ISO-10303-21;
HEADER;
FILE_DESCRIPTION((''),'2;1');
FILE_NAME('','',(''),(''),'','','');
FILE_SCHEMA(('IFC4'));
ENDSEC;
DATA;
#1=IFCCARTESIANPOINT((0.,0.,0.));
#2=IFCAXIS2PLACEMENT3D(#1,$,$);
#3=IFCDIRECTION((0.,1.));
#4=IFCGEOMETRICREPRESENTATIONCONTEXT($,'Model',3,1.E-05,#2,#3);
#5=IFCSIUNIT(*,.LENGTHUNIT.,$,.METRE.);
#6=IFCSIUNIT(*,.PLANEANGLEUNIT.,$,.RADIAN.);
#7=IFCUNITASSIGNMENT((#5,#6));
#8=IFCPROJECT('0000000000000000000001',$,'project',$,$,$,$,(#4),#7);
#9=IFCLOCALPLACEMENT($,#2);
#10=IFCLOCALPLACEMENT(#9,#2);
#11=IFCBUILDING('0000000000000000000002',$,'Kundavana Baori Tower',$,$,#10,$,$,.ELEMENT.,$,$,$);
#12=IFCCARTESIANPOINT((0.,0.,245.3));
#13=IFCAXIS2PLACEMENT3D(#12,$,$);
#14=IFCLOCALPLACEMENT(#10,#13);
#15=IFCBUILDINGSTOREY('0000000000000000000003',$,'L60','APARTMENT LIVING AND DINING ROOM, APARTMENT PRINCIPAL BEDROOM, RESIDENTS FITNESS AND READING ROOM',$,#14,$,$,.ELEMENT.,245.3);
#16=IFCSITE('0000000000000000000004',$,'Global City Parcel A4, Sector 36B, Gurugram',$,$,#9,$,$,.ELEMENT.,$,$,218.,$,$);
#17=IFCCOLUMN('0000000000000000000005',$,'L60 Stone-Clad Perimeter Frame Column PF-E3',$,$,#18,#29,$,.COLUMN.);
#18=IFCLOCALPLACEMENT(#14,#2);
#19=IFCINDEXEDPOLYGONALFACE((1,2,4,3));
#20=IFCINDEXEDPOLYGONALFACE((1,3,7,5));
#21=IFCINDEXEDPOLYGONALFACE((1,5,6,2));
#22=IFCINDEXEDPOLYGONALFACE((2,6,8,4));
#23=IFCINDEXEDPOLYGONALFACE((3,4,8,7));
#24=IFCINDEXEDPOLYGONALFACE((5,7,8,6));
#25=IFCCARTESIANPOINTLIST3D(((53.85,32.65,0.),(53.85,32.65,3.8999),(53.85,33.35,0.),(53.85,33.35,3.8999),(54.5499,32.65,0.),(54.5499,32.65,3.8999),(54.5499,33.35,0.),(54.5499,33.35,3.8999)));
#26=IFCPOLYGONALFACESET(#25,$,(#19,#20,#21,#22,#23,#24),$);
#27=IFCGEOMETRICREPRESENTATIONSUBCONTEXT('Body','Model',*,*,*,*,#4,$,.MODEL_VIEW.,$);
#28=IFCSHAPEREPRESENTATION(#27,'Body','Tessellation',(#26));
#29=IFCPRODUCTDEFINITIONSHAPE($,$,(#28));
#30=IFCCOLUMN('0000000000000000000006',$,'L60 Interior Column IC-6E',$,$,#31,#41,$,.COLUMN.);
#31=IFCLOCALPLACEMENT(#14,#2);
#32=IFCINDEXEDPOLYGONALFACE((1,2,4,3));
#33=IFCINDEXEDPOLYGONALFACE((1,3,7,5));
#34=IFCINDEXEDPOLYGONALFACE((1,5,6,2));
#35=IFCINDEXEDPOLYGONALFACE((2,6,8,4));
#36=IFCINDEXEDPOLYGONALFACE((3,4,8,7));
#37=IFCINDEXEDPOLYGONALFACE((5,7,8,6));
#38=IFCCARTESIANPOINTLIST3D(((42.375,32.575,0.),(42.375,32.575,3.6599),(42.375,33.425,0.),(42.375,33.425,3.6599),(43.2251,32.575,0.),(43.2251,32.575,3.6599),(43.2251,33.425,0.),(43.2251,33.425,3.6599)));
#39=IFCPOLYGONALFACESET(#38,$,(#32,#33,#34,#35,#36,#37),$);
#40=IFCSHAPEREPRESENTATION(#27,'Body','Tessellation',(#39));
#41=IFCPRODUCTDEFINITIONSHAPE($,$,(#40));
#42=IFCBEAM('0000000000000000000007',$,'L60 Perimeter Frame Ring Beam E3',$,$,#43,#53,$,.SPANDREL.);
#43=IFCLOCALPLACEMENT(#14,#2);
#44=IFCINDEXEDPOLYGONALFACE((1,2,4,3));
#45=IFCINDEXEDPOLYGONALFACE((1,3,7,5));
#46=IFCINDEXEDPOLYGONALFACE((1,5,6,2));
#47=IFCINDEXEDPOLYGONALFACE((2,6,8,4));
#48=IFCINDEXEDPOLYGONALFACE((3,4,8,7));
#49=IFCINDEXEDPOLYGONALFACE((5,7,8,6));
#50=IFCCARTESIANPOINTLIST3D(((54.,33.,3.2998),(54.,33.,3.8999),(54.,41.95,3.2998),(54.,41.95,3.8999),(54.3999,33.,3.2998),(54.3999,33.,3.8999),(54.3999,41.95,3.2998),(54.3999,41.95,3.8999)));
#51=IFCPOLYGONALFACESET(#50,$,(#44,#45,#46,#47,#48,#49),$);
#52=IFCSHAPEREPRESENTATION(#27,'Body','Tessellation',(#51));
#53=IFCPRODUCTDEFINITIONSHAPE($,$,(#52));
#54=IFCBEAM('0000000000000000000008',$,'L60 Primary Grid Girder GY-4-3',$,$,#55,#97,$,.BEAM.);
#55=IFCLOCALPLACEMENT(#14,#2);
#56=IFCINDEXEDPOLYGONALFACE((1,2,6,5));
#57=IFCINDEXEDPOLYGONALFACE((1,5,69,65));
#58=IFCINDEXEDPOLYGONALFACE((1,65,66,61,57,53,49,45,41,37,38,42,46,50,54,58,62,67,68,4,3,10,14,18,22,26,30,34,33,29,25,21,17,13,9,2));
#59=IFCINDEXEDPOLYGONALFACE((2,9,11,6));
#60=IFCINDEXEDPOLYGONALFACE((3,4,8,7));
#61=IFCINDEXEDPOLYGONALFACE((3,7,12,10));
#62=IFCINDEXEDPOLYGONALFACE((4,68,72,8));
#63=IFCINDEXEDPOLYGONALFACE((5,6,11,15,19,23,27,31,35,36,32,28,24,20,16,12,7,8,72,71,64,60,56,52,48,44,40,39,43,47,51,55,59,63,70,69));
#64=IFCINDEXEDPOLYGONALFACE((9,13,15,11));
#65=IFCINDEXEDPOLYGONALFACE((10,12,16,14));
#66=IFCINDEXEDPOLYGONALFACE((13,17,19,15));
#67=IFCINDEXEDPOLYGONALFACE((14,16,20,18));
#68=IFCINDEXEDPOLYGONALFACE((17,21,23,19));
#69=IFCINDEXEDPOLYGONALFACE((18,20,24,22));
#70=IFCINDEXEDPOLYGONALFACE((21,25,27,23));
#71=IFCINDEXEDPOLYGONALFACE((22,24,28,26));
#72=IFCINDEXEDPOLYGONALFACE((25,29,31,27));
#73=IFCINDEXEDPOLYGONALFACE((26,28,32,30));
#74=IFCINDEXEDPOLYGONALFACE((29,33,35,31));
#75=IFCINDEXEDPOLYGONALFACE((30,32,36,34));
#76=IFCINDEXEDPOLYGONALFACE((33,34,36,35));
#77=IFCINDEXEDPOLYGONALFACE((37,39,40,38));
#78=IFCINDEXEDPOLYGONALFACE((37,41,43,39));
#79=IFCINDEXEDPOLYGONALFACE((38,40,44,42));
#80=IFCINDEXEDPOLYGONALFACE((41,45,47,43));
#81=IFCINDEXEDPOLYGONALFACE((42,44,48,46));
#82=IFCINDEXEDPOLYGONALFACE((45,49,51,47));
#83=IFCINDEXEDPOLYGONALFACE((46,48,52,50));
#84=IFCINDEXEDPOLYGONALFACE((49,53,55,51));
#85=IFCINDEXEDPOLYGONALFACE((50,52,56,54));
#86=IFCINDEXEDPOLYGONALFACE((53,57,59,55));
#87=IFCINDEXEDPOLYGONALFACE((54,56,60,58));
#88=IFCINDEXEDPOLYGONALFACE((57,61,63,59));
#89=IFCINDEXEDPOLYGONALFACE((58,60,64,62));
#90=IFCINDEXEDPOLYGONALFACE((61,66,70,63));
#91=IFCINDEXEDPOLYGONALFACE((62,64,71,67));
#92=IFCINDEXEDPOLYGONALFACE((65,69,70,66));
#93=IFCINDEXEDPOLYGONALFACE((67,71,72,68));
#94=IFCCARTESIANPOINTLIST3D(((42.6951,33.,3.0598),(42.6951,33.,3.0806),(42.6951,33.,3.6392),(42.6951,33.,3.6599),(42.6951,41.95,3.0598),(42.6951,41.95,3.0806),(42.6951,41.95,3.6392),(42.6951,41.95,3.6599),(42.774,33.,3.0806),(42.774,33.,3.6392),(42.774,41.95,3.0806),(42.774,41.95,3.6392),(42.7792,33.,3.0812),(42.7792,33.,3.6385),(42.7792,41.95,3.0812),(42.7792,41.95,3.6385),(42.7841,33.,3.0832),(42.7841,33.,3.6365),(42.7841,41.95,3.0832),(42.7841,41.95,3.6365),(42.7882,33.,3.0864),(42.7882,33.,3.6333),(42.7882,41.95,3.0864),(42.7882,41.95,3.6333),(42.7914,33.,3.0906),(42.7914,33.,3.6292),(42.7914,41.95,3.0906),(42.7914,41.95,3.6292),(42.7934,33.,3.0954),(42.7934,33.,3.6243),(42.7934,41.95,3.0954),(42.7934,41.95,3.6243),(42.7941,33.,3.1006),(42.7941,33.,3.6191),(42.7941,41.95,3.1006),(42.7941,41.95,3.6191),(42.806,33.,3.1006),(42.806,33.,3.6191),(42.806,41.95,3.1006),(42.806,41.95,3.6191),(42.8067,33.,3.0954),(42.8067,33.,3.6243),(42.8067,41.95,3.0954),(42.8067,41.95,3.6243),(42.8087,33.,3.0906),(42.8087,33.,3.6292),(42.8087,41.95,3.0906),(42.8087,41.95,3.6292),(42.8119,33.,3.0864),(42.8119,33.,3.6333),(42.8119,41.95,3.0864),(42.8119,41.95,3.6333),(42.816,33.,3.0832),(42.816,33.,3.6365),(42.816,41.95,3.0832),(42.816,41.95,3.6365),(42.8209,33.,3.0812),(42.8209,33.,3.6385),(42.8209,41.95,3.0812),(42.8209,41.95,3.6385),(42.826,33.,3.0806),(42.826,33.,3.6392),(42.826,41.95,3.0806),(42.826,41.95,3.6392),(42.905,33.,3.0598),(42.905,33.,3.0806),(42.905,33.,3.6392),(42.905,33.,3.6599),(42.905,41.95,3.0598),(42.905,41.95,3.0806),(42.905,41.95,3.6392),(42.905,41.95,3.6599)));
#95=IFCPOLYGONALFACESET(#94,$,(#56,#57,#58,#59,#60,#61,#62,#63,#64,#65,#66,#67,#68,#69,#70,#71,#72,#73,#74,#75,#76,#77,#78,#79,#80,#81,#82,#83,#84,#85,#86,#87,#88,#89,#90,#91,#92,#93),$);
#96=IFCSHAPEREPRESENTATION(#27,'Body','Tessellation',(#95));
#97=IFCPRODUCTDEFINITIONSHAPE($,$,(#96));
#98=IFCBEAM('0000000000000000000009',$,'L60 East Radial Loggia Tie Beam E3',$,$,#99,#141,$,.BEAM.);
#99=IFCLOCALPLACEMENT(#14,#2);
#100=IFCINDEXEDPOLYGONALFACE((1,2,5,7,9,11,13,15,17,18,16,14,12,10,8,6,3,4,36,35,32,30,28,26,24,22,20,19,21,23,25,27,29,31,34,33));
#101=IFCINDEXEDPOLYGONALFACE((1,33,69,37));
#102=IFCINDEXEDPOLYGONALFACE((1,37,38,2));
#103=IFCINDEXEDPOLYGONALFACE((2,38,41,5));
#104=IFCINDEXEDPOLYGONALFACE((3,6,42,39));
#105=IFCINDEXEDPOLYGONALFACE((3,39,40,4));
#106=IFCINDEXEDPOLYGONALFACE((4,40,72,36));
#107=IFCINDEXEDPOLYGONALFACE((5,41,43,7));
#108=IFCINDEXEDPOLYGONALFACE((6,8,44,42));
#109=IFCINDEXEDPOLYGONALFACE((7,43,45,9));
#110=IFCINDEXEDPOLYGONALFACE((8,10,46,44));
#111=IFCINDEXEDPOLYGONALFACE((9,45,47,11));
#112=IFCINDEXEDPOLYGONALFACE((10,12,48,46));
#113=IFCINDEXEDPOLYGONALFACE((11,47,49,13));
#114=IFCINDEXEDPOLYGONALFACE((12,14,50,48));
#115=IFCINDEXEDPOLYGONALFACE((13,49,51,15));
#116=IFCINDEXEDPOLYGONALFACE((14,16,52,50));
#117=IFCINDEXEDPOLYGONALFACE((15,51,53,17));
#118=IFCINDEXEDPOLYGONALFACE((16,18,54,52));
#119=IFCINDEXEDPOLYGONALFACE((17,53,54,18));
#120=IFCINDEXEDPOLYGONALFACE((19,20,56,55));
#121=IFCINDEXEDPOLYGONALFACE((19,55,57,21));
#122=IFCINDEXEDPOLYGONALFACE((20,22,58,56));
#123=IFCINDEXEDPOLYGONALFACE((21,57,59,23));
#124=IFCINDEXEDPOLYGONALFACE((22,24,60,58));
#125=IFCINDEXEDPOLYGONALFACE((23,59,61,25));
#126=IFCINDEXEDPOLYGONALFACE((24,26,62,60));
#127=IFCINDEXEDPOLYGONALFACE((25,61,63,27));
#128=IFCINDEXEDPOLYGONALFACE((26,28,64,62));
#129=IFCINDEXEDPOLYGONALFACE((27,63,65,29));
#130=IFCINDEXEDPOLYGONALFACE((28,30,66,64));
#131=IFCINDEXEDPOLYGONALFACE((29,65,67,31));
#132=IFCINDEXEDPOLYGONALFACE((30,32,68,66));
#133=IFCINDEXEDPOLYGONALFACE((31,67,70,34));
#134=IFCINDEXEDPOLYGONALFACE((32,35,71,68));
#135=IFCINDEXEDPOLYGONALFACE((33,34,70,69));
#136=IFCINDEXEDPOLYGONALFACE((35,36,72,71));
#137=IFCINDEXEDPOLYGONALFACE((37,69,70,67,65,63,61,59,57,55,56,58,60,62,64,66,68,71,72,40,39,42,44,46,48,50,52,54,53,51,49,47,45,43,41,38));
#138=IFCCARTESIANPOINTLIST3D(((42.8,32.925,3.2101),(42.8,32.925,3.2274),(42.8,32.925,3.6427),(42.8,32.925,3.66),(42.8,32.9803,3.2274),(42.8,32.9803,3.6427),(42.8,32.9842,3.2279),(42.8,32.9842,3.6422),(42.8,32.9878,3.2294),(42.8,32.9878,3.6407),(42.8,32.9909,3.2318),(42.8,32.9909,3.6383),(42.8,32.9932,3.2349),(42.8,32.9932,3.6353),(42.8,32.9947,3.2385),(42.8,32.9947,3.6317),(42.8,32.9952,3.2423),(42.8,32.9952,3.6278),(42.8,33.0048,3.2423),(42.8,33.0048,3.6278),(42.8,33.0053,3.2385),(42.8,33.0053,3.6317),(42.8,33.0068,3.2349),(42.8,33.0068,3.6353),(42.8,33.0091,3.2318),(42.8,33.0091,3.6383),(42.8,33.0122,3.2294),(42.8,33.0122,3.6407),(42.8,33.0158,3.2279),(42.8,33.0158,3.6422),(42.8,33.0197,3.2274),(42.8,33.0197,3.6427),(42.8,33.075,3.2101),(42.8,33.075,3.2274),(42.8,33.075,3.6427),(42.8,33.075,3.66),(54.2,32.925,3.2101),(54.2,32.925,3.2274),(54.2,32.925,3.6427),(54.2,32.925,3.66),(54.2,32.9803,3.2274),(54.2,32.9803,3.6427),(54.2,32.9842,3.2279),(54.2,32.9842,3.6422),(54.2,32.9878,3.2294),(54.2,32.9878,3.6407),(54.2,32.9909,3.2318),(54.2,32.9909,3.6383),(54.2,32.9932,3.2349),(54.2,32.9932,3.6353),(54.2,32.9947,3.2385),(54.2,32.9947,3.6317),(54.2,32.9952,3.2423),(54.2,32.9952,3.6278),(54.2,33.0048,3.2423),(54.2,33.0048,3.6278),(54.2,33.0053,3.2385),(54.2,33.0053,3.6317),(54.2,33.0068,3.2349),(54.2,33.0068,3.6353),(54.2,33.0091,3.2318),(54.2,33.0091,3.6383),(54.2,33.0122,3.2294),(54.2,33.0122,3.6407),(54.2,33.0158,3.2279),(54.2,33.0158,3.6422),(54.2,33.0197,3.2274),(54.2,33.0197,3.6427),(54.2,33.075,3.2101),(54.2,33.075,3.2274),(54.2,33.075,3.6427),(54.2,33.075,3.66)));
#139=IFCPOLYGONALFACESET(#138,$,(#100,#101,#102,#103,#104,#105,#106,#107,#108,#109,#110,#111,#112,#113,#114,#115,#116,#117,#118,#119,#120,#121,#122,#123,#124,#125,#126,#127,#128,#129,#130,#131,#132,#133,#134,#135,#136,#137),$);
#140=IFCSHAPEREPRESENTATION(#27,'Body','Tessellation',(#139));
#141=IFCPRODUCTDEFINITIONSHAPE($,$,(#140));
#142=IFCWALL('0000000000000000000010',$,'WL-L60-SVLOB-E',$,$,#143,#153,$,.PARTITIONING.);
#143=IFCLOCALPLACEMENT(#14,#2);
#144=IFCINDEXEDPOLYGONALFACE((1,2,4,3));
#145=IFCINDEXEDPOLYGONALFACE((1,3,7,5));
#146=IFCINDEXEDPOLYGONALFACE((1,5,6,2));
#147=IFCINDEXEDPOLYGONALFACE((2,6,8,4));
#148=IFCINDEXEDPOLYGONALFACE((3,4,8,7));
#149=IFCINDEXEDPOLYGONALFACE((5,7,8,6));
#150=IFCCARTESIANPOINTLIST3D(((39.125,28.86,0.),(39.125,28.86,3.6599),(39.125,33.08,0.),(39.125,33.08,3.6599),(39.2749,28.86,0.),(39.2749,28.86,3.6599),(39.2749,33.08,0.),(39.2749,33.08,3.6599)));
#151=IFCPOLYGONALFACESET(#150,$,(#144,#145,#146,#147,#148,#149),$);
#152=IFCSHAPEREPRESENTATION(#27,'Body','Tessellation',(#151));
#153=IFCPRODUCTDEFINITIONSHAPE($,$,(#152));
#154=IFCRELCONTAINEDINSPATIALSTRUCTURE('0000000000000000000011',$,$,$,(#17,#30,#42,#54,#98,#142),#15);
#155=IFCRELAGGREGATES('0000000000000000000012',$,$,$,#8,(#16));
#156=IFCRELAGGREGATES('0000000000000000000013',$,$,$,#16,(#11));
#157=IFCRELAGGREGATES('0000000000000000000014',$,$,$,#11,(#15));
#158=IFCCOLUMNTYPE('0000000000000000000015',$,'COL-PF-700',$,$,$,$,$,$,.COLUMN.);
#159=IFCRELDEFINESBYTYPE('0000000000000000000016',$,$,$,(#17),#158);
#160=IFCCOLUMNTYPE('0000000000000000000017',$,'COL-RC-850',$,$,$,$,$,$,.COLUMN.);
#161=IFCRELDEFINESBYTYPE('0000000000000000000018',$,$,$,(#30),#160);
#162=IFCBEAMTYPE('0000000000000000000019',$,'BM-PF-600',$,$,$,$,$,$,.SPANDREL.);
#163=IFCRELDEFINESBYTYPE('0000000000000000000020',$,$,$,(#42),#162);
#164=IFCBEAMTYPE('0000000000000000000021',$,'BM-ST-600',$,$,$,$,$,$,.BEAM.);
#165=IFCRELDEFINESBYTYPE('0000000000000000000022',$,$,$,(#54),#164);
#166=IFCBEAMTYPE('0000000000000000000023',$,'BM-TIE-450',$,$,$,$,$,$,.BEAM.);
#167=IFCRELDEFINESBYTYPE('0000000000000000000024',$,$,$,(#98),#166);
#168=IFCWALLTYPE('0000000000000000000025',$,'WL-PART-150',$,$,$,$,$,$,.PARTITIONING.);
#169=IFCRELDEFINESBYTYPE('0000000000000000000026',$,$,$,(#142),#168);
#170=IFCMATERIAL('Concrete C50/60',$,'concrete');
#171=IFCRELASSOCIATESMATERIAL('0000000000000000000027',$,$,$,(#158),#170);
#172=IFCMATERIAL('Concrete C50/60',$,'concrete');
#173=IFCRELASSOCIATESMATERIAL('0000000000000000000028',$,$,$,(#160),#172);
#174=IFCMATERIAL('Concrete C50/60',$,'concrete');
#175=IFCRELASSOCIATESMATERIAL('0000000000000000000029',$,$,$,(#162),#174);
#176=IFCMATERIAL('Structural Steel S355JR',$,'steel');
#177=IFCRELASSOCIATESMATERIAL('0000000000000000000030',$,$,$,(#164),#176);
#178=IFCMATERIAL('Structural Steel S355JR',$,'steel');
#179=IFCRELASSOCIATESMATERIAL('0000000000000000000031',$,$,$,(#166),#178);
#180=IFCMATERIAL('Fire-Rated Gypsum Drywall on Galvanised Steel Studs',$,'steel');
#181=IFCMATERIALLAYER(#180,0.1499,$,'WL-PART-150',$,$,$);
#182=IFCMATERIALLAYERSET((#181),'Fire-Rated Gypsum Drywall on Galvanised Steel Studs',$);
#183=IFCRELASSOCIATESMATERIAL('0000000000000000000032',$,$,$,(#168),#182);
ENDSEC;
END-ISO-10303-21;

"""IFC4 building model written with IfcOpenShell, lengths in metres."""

from ifc_helpers import new_model, si_unit, direction, frame, frame_2d, origin, origin_2d, place, context, subcontext, project, spatial, rectangle, i_section, extrude, material, layer, layer_set, material_profile, profile_set, type_object, element, save


model = new_model("IFC4")

# Units and contexts
model_context = context("Model", 3, precision=1e-05, world=origin(), true_north=direction((0.0, 1.0)))
body_context = subcontext(model_context, "Body", "Model", "MODEL_VIEW")
ifc_project = project(units=[si_unit("LENGTHUNIT", "METRE"), si_unit("PLANEANGLEUNIT", "RADIAN")], contexts=[model_context])

# Site, building, storey
site_placement = place(None, origin())
site = spatial("IfcSite", under=ifc_project, at=site_placement, Name="Global City Parcel A4, Sector 36B, Gurugram", CompositionType="ELEMENT", RefElevation=218.0)
building_placement = place(site_placement, origin())
building = spatial("IfcBuilding", under=site, at=building_placement, Name="Kundavana Baori Tower", CompositionType="ELEMENT")
storey_placement = place(building_placement, frame((0.0, 0.0, 245.3)))
storey = spatial("IfcBuildingStorey", under=building, at=storey_placement, Name="L60", Description="APARTMENT LIVING AND DINING ROOM, APARTMENT PRINCIPAL BEDROOM, RESIDENTS FITNESS AND READING ROOM", CompositionType="ELEMENT", Elevation=245.3)

# Columns
ifc_material_1 = material(Name="Concrete C50/60", Category="concrete")
ifc_material_profile_1 = material_profile(ifc_material_1, rectangle(XDim=0.7, YDim=0.7, at=origin_2d()), Name="RC PF 700x700")
ifc_profile_set_1 = profile_set([ifc_material_profile_1], Name="Concrete C50/60")
column_type_1 = type_object("IfcColumnType", Name="COL-PF-700", PredefinedType="COLUMN", material=ifc_profile_set_1)
column_1_placement = place(storey_placement, frame((54.2, 33.0, 0.0), z_axis=(0.0, 0.0, 1.0), x_axis=(1.0, 0.0, 0.0)))
element("IfcColumn", 1, at=column_1_placement, inside=storey, type_object=column_type_1, Name="L60 Stone-Clad Perimeter Frame Column PF-E3", PredefinedType="COLUMN", context=body_context, shape_type="SweptSolid", body=[
    extrude(rectangle(XDim=0.7, YDim=0.7, at=origin_2d()), origin(), (0.0, 0.0, 1.0), 3.8999),
])
ifc_material_2 = material(Name="Concrete C50/60", Category="concrete")
ifc_material_profile_2 = material_profile(ifc_material_2, rectangle(XDim=0.8501, YDim=0.8501, at=origin_2d()), Name="RC 850x850")
ifc_profile_set_2 = profile_set([ifc_material_profile_2], Name="Concrete C50/60")
column_type_2 = type_object("IfcColumnType", Name="COL-RC-850", PredefinedType="COLUMN", material=ifc_profile_set_2)
column_2_placement = place(storey_placement, frame((42.8, 33.0, 0.0), z_axis=(0.0, 0.0, 1.0), x_axis=(1.0, 0.0, 0.0)))
element("IfcColumn", 2, at=column_2_placement, inside=storey, type_object=column_type_2, Name="L60 Interior Column IC-6E", PredefinedType="COLUMN", context=body_context, shape_type="SweptSolid", body=[
    extrude(rectangle(XDim=0.8501, YDim=0.8501, at=origin_2d()), origin(), (0.0, 0.0, 1.0), 3.6599),
])

# Beams
ifc_material_3 = material(Name="Concrete C50/60", Category="concrete")
ifc_material_profile_3 = material_profile(ifc_material_3, rectangle(XDim=0.3999, YDim=0.6001, at=origin_2d()), Name="RC BM 400x600")
ifc_profile_set_3 = profile_set([ifc_material_profile_3], Name="Concrete C50/60")
beam_type_1 = type_object("IfcBeamType", Name="BM-PF-600", PredefinedType="SPANDREL", material=ifc_profile_set_3)
beam_1_placement = place(storey_placement, frame((54.2, 33.0, 3.5999), z_axis=(0.0, 1.0, 0.0), x_axis=(-1.0, 0.0, 0.0)))
element("IfcBeam", 3, at=beam_1_placement, inside=storey, type_object=beam_type_1, Name="L60 Perimeter Frame Ring Beam E3", PredefinedType="SPANDREL", context=body_context, shape_type="SweptSolid", body=[
    extrude(rectangle(XDim=0.3999, YDim=0.6001, at=origin_2d()), origin(), (0.0, 0.0, 1.0), 8.95),
])
ifc_material_4 = material(Name="Structural Steel S355JR", Category="steel")
ifc_material_profile_4 = material_profile(ifc_material_4, i_section(OverallWidth=0.21, OverallDepth=0.6001, WebThickness=0.012, FlangeThickness=0.0208, FilletRadius=0.02, at=origin_2d()), Name="ISMB 600")
ifc_profile_set_4 = profile_set([ifc_material_profile_4], Name="Structural Steel S355JR")
beam_type_2 = type_object("IfcBeamType", Name="BM-ST-600", PredefinedType="BEAM", material=ifc_profile_set_4)
beam_2_placement = place(storey_placement, frame((42.8, 33.0, 3.3599), z_axis=(0.0, 1.0, 0.0), x_axis=(-1.0, 0.0, 0.0)))
element("IfcBeam", 4, at=beam_2_placement, inside=storey, type_object=beam_type_2, Name="L60 Primary Grid Girder GY-4-3", PredefinedType="BEAM", context=body_context, shape_type="SweptSolid", body=[
    extrude(i_section(OverallWidth=0.21, OverallDepth=0.6001, WebThickness=0.012, FlangeThickness=0.0208, FilletRadius=0.02, at=origin_2d()), origin(), (0.0, 0.0, 1.0), 8.95),
])
ifc_material_5 = material(Name="Structural Steel S355JR", Category="steel")
ifc_material_profile_5 = material_profile(ifc_material_5, i_section(OverallWidth=0.1499, OverallDepth=0.45, WebThickness=0.0095, FlangeThickness=0.0173, FilletRadius=0.0149, at=origin_2d()), Name="ISMB 450")
ifc_profile_set_5 = profile_set([ifc_material_profile_5], Name="Structural Steel S355JR")
beam_type_3 = type_object("IfcBeamType", Name="BM-TIE-450", PredefinedType="BEAM", material=ifc_profile_set_5)
beam_3_placement = place(storey_placement, frame((42.8, 33.0, 3.4351), z_axis=(1.0, 0.0, 0.0), x_axis=(0.0, 1.0, 0.0)))
element("IfcBeam", 5, at=beam_3_placement, inside=storey, type_object=beam_type_3, Name="L60 East Radial Loggia Tie Beam E3", PredefinedType="BEAM", context=body_context, shape_type="SweptSolid", body=[
    extrude(i_section(OverallWidth=0.1499, OverallDepth=0.45, WebThickness=0.0095, FlangeThickness=0.0173, FilletRadius=0.0149, at=origin_2d()), origin(), (0.0, 0.0, 1.0), 11.3999),
])

# Wall
ifc_material_6 = material(Name="Fire-Rated Gypsum Drywall on Galvanised Steel Studs", Category="steel")
ifc_layer_1 = layer(ifc_material_6, 0.1499, Name="WL-PART-150")
ifc_layer_set_1 = layer_set([ifc_layer_1], Name="Fire-Rated Gypsum Drywall on Galvanised Steel Studs")
wall_type_1 = type_object("IfcWallType", Name="WL-PART-150", PredefinedType="PARTITIONING", material=ifc_layer_set_1)
wall_1_placement = place(storey_placement, frame((39.2, 28.8601, 0.0), z_axis=(0.0, 0.0, 1.0), x_axis=(0.0, 1.0, 0.0)))
element("IfcWall", 6, at=wall_1_placement, inside=storey, type_object=wall_type_1, Name="WL-L60-SVLOB-E", PredefinedType="PARTITIONING", context=body_context, shape_type="SweptSolid", body=[
    extrude(rectangle(XDim=4.22, YDim=0.1499, at=frame_2d((2.1099, 0.0))), origin(), (0.0, 0.0, 1.0), 3.6599),
])

save(model, "model.ifc")
